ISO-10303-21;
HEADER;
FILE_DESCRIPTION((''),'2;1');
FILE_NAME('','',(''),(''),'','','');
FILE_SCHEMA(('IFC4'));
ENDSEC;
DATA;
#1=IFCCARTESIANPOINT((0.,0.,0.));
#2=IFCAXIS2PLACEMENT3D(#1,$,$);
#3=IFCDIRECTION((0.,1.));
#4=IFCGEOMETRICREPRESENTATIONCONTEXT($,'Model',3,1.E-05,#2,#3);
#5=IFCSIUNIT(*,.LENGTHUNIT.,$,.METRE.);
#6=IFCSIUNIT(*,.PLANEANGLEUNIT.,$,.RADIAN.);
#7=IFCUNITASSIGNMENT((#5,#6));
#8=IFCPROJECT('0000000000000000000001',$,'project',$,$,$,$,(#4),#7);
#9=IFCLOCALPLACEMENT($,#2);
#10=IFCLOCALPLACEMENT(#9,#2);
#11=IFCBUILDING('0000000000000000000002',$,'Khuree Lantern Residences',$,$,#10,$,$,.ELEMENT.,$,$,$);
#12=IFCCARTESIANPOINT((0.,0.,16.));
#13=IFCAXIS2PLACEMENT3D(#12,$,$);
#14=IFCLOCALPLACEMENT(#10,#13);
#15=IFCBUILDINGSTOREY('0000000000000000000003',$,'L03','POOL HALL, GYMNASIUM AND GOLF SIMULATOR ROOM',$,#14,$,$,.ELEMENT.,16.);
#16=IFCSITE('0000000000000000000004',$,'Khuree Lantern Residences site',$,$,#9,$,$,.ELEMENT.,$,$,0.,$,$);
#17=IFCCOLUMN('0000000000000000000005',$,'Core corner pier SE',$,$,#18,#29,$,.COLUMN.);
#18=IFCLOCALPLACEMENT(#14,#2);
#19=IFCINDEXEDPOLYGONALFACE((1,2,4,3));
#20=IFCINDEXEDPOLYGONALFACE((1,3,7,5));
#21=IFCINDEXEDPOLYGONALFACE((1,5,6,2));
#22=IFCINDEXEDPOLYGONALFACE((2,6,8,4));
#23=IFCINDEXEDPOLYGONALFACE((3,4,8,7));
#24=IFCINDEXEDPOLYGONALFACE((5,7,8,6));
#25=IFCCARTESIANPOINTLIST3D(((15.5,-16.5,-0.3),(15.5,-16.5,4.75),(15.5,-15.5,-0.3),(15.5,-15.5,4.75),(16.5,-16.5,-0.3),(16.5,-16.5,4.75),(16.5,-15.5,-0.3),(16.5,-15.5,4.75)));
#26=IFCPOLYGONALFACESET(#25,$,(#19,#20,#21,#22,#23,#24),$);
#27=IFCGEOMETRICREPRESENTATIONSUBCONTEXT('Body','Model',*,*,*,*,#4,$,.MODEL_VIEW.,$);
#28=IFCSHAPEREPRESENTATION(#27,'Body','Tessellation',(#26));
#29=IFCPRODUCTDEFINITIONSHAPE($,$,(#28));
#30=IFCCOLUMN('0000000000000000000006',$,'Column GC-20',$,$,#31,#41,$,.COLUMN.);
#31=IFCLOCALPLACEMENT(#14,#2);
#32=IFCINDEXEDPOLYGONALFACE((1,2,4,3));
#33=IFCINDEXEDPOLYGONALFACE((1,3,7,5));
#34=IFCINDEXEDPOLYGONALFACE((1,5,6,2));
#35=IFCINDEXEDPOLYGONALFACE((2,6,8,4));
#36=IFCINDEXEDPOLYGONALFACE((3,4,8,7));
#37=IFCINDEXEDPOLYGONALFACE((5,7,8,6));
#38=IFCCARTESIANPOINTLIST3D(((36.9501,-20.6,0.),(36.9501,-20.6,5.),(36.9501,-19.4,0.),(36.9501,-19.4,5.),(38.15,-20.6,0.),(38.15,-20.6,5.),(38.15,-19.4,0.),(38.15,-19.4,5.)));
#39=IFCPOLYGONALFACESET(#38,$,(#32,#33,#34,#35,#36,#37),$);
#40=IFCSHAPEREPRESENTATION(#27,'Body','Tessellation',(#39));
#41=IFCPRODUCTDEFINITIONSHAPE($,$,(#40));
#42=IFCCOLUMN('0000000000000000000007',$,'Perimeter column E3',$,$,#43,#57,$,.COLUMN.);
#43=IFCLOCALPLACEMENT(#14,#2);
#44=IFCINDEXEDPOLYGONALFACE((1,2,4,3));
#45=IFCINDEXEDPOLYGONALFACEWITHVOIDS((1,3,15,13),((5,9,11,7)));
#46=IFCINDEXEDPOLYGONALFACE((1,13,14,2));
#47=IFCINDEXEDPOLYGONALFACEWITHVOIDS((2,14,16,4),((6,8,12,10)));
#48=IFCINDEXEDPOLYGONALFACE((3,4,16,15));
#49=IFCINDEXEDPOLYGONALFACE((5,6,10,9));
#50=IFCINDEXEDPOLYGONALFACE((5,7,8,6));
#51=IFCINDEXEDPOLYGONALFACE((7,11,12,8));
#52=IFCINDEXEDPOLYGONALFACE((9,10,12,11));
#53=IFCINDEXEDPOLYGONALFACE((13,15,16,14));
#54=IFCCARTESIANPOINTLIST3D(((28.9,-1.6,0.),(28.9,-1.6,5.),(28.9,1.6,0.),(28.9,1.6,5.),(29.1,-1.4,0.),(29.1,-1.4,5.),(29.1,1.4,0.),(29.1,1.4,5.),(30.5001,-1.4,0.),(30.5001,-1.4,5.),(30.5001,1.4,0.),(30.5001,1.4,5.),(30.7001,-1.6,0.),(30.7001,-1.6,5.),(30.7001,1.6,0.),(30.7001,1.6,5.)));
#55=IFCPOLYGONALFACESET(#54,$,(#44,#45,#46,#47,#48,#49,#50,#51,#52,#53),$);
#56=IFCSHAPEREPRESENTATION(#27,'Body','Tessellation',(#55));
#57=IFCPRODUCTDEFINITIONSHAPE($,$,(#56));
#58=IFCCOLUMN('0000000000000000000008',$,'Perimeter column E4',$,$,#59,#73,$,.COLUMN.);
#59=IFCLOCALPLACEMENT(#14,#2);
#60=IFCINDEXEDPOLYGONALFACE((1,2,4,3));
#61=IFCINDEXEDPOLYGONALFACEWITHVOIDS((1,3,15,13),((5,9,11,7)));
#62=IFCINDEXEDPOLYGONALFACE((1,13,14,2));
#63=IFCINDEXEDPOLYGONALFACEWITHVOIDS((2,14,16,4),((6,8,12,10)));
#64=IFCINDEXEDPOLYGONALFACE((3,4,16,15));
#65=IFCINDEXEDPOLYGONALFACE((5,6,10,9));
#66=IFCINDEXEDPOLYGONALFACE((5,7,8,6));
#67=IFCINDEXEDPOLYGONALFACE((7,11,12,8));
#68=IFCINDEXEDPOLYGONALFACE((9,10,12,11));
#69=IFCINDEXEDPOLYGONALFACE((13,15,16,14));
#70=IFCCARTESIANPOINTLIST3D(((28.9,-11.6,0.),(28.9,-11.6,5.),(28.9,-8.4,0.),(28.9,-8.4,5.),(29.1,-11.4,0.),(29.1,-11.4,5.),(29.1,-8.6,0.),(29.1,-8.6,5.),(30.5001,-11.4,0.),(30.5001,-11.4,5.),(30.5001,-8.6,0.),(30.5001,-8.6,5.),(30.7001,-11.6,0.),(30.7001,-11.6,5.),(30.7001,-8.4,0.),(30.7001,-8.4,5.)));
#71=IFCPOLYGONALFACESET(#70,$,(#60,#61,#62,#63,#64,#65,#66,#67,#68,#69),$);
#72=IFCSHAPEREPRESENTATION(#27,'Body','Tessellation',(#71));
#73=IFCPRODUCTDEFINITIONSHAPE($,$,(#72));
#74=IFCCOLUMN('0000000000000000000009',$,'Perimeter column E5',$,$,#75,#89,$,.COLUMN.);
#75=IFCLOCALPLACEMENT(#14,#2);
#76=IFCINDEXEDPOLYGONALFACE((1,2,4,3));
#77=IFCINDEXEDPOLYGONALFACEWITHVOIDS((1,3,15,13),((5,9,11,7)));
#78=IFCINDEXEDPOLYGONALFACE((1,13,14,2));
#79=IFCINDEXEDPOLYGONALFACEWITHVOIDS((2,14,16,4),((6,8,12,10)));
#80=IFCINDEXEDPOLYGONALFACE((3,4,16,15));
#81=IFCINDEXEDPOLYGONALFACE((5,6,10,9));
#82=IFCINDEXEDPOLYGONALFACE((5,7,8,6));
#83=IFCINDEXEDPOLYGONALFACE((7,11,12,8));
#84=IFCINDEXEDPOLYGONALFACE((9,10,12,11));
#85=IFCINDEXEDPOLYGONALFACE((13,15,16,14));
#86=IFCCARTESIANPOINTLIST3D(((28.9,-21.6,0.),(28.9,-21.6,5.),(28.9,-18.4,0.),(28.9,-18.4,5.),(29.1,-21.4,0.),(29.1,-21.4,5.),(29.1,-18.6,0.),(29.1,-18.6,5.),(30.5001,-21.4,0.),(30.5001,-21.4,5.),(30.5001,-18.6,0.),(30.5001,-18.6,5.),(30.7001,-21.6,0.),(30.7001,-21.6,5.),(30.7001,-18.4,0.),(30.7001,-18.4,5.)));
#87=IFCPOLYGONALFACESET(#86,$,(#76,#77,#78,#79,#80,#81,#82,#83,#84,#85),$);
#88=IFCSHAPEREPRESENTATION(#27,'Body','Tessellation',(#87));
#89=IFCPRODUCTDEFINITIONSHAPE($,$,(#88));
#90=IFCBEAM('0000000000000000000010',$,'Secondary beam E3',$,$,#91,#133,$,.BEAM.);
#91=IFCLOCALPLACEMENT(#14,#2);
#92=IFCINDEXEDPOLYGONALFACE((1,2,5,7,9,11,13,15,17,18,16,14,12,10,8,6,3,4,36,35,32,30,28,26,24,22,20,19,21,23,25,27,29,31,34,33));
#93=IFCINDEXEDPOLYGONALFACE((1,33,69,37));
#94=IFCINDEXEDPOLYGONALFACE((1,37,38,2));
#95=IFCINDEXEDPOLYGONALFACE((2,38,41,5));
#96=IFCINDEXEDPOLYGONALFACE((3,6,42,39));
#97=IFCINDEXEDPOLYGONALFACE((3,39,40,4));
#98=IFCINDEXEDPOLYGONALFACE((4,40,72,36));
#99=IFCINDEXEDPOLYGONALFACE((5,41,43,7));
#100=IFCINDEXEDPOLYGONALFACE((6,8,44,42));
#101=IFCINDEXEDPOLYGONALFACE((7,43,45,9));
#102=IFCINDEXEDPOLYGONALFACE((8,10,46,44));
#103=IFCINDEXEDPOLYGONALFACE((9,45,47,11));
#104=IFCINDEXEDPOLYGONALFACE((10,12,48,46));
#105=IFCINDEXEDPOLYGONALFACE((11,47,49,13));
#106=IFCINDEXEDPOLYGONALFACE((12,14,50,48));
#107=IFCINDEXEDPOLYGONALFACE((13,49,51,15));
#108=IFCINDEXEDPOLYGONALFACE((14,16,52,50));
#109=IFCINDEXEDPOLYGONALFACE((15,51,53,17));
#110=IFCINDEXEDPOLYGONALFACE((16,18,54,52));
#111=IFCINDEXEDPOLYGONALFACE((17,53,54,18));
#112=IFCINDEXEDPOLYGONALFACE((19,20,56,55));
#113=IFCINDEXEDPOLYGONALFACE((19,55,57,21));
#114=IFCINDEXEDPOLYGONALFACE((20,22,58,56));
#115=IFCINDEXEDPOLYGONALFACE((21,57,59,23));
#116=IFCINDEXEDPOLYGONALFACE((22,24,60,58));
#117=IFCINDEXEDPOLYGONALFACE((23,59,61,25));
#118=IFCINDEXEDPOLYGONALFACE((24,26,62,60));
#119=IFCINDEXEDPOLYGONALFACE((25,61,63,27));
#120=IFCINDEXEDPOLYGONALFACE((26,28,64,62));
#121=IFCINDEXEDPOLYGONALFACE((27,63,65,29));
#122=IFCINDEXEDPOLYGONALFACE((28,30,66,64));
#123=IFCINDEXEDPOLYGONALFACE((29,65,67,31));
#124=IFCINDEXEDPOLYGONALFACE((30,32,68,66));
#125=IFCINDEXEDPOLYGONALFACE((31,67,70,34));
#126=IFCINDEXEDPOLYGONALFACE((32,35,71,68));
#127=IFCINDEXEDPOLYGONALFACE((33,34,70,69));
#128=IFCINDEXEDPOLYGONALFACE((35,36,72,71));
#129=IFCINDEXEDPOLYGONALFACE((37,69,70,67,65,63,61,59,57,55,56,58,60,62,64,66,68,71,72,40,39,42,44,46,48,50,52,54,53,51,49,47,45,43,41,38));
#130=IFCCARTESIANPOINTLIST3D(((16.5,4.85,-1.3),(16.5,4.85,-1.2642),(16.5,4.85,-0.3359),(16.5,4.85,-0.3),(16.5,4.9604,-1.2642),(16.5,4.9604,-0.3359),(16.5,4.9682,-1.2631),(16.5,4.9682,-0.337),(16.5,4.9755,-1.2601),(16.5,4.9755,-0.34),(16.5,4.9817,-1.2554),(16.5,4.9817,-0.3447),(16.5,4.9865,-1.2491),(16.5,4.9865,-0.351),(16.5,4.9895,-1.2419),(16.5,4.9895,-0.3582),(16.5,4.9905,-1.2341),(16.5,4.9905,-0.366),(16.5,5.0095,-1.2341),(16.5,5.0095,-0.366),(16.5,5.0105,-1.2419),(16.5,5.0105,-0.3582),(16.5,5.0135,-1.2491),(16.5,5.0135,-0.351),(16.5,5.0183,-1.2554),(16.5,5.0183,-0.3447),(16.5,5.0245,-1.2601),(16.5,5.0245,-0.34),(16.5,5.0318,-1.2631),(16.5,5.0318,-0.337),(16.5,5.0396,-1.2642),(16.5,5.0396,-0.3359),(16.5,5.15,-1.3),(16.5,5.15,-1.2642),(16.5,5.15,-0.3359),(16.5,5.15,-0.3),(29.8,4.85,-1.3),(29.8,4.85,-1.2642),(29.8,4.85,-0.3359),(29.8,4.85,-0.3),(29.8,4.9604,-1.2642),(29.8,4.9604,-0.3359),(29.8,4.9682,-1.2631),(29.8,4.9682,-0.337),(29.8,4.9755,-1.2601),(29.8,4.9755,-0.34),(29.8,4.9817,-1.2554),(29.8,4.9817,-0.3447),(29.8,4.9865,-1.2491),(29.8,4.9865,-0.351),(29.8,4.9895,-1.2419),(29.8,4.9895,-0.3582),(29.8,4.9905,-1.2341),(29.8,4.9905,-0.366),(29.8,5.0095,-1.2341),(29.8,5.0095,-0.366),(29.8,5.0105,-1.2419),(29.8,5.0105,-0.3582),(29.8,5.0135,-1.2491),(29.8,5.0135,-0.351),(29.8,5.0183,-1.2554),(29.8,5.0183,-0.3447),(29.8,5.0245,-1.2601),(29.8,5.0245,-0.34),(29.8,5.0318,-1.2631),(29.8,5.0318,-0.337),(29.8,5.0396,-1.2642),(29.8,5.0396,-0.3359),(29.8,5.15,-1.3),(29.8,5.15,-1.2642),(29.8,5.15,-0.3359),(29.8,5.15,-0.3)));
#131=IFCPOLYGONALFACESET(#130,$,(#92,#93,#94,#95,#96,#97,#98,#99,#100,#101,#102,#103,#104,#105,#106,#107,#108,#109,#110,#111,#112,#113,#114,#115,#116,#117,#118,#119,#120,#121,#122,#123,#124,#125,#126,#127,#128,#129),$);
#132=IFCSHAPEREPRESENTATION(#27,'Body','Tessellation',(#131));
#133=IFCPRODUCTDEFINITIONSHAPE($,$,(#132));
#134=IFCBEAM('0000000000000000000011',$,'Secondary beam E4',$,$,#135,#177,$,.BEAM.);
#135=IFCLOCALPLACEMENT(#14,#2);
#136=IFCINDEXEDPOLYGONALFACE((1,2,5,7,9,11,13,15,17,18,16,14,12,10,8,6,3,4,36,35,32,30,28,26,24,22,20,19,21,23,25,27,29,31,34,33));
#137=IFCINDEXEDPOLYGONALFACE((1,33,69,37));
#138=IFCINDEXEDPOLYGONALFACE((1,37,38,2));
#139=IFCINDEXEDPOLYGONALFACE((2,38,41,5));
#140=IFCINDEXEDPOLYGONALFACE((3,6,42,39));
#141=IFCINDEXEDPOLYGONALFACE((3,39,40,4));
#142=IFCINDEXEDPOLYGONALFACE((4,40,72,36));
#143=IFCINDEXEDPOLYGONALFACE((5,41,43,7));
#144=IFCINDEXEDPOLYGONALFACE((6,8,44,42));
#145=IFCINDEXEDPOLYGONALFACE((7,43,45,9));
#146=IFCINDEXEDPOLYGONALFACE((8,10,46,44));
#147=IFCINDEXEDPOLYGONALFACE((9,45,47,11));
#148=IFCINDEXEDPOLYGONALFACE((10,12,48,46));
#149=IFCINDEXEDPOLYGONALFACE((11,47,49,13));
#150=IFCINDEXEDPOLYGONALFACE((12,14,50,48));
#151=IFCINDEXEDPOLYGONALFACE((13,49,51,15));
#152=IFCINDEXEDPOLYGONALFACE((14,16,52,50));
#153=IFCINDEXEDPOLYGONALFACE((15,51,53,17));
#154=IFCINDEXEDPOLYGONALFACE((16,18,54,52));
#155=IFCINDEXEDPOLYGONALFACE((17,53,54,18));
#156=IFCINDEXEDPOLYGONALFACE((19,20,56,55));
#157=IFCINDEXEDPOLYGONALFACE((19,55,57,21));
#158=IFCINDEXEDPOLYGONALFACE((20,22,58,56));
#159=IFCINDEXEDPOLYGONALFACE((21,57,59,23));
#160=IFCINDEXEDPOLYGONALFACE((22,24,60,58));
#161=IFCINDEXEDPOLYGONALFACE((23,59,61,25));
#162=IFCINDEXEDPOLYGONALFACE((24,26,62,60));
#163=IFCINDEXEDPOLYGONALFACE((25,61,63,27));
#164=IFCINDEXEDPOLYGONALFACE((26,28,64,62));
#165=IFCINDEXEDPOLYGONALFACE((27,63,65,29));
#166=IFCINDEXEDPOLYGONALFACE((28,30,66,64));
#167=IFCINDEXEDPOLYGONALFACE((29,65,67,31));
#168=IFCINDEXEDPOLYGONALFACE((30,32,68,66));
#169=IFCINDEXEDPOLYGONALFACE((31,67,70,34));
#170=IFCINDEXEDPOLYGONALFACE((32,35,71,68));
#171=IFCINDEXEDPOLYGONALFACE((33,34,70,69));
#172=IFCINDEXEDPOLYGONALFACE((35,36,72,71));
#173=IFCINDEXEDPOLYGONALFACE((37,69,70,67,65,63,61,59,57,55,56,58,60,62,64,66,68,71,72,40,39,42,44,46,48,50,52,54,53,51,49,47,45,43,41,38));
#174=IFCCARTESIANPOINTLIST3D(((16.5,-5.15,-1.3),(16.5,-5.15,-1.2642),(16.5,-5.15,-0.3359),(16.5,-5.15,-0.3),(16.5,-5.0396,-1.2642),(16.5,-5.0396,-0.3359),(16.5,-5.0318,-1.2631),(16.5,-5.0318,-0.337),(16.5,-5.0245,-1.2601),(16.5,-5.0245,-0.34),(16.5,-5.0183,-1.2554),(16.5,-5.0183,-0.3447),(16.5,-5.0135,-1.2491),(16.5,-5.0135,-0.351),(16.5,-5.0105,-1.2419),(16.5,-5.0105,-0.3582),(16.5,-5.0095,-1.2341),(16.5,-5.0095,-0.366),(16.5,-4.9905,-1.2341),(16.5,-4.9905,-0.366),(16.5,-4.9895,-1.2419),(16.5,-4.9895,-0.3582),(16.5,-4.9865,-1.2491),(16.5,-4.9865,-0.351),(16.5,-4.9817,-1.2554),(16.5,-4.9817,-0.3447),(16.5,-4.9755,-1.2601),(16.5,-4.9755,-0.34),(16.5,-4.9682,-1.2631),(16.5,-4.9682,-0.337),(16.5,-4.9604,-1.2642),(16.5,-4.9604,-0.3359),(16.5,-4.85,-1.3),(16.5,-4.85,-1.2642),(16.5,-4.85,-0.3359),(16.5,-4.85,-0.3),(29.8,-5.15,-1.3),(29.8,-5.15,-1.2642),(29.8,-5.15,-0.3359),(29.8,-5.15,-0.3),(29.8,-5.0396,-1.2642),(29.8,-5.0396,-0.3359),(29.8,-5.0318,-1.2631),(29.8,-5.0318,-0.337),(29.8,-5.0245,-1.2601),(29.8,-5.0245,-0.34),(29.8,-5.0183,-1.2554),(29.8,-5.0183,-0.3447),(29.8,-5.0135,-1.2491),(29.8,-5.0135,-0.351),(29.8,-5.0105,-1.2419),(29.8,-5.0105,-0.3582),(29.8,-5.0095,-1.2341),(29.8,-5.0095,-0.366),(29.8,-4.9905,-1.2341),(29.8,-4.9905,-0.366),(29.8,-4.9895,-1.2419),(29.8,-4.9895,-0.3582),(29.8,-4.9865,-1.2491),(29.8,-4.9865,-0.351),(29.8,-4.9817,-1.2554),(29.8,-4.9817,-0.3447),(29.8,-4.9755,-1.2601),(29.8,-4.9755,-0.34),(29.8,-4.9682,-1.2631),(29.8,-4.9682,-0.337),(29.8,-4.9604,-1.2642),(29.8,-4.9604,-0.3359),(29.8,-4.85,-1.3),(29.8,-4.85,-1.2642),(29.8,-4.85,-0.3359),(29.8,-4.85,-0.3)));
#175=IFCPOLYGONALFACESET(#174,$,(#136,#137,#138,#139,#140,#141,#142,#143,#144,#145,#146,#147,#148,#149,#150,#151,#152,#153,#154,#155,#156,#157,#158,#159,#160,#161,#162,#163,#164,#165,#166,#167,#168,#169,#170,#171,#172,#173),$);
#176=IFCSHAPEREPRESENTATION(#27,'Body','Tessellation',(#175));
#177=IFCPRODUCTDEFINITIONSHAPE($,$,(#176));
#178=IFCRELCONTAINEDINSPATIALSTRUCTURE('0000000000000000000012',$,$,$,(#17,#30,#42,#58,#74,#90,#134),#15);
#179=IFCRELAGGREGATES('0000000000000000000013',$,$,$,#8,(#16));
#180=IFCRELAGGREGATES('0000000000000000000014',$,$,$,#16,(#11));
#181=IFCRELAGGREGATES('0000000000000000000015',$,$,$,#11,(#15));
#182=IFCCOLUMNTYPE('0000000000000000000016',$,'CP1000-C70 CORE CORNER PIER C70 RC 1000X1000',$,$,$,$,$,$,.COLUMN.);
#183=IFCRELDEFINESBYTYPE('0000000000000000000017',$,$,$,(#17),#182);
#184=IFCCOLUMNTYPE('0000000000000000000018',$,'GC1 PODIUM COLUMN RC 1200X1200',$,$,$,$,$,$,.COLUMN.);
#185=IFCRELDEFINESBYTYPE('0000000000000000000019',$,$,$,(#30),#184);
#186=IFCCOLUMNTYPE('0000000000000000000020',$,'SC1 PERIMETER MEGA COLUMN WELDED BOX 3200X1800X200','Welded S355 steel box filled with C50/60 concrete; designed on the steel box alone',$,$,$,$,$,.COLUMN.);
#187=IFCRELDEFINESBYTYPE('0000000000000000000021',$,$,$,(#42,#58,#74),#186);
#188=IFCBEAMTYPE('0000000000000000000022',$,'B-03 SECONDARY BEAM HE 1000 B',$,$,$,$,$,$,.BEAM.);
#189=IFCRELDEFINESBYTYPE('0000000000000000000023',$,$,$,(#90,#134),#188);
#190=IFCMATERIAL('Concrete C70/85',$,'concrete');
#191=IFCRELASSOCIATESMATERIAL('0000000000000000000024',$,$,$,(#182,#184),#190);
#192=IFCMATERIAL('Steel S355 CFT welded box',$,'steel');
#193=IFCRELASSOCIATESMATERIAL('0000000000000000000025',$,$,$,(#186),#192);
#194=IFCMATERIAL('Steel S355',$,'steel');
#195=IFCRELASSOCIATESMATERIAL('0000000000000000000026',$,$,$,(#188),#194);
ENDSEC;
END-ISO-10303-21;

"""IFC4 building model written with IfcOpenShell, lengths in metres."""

from ifc_helpers import new_model, si_unit, direction, frame, origin, origin_2d, place, context, subcontext, project, spatial, rectangle, hollow_rectangle, i_section, extrude, material, material_profile, profile_set, type_object, element, save


model = new_model("IFC4")

# Units and contexts
model_context = context("Model", 3, precision=1e-05, world=origin(), true_north=direction((0.0, 1.0)))
body_context = subcontext(model_context, "Body", "Model", "MODEL_VIEW")
ifc_project = project(units=[si_unit("LENGTHUNIT", "METRE"), si_unit("PLANEANGLEUNIT", "RADIAN")], contexts=[model_context])

# Site, building, storey
site_placement = place(None, origin())
site = spatial("IfcSite", under=ifc_project, at=site_placement, Name="Khuree Lantern Residences site", CompositionType="ELEMENT", RefElevation=0.0)
building_placement = place(site_placement, origin())
building = spatial("IfcBuilding", under=site, at=building_placement, Name="Khuree Lantern Residences", CompositionType="ELEMENT")
storey_placement = place(building_placement, frame((0.0, 0.0, 16.0)))
storey = spatial("IfcBuildingStorey", under=building, at=storey_placement, Name="L03", Description="POOL HALL, GYMNASIUM AND GOLF SIMULATOR ROOM", CompositionType="ELEMENT", Elevation=16.0)

# Columns
ifc_material_1 = material(Name="Concrete C70/85", Category="concrete")
ifc_material_profile_1 = material_profile(ifc_material_1, rectangle(XDim=1.0, YDim=1.0, at=origin_2d()), Name="RC 1000X1000")
ifc_profile_set_1 = profile_set([ifc_material_profile_1], Name="Concrete C70/85")
column_type_1 = type_object("IfcColumnType", Name="CP1000-C70 CORE CORNER PIER C70 RC 1000X1000", PredefinedType="COLUMN", material=ifc_profile_set_1)
column_1_placement = place(storey_placement, frame((16.0, -16.0, -0.3), z_axis=(0.0, 0.0, 1.0), x_axis=(1.0, 0.0, 0.0)))
element("IfcColumn", 1, at=column_1_placement, inside=storey, type_object=column_type_1, Name="Core corner pier SE", PredefinedType="COLUMN", context=body_context, shape_type="SweptSolid", body=[
    extrude(rectangle(XDim=1.0, YDim=1.0, at=origin_2d()), origin(), (0.0, 0.0, 1.0), 5.05),
])
ifc_material_profile_2 = material_profile(ifc_material_1, rectangle(XDim=1.2, YDim=1.2, at=origin_2d()), Name="RC 1200X1200")
ifc_profile_set_2 = profile_set([ifc_material_profile_2], Name="Concrete C70/85")
column_type_2 = type_object("IfcColumnType", Name="GC1 PODIUM COLUMN RC 1200X1200", PredefinedType="COLUMN", material=ifc_profile_set_2)
column_2_placement = place(storey_placement, frame((37.55, -20.0, 0.0), z_axis=(0.0, 0.0, 1.0), x_axis=(1.0, 0.0, 0.0)))
element("IfcColumn", 2, at=column_2_placement, inside=storey, type_object=column_type_2, Name="Column GC-20", PredefinedType="COLUMN", context=body_context, shape_type="SweptSolid", body=[
    extrude(rectangle(XDim=1.2, YDim=1.2, at=origin_2d()), origin(), (0.0, 0.0, 1.0), 5.0),
])
ifc_material_2 = material(Name="Steel S355 CFT welded box", Category="steel")
ifc_material_profile_3 = material_profile(ifc_material_2, hollow_rectangle(XDim=3.2, YDim=1.8, WallThickness=0.2, at=origin_2d()), Name="WELDED BOX 3200X1800X200")
ifc_profile_set_3 = profile_set([ifc_material_profile_3], Name="Steel S355 CFT welded box")
column_type_3 = type_object("IfcColumnType", Name="SC1 PERIMETER MEGA COLUMN WELDED BOX 3200X1800X200", Description="Welded S355 steel box filled with C50/60 concrete; designed on the steel box alone", PredefinedType="COLUMN", material=ifc_profile_set_3)
for number, where, z_axis, x_axis, name in (
    (3, (29.8, 0.0, 0.0), (0.0, 0.0, 1.0), (0.0, 1.0, 0.0), "Perimeter column E3"),
    (4, (29.8, -10.0, 0.0), (0.0, 0.0, 1.0), (0.0, 1.0, 0.0), "Perimeter column E4"),
    (5, (29.8, -20.0, 0.0), (0.0, 0.0, 1.0), (0.0, 1.0, 0.0), "Perimeter column E5"),
):
    element("IfcColumn", number, at=place(storey_placement, frame(where, z_axis=z_axis, x_axis=x_axis)), inside=storey, type_object=column_type_3, Name=name, PredefinedType="COLUMN", context=body_context, shape_type="SweptSolid", body=[
        extrude(hollow_rectangle(XDim=3.2, YDim=1.8, WallThickness=0.2, at=origin_2d()), origin(), (0.0, 0.0, 1.0), 5.0),
    ])

# Beams
ifc_material_3 = material(Name="Steel S355", Category="steel")
ifc_material_profile_4 = material_profile(ifc_material_3, i_section(OverallWidth=0.3, OverallDepth=1.0, WebThickness=0.019, FlangeThickness=0.0359, FilletRadius=0.03, at=origin_2d()), Name="HE 1000 B")
ifc_profile_set_4 = profile_set([ifc_material_profile_4], Name="Steel S355")
beam_type_1 = type_object("IfcBeamType", Name="B-03 SECONDARY BEAM HE 1000 B", PredefinedType="BEAM", material=ifc_profile_set_4)
for number, where, z_axis, x_axis, name in (
    (6, (29.8, 5.0, -0.8), (-1.0, 0.0, 0.0), (0.0, -1.0, 0.0), "Secondary beam E3"),
    (7, (29.8, -5.0, -0.8), (-1.0, 0.0, 0.0), (0.0, -1.0, 0.0), "Secondary beam E4"),
):
    element("IfcBeam", number, at=place(storey_placement, frame(where, z_axis=z_axis, x_axis=x_axis)), inside=storey, type_object=beam_type_1, Name=name, PredefinedType="BEAM", context=body_context, shape_type="SweptSolid", body=[
        extrude(i_section(OverallWidth=0.3, OverallDepth=1.0, WebThickness=0.019, FlangeThickness=0.0359, FilletRadius=0.03, at=origin_2d()), origin(), (0.0, 0.0, 1.0), 13.3),
    ])

save(model, "model.ifc")
